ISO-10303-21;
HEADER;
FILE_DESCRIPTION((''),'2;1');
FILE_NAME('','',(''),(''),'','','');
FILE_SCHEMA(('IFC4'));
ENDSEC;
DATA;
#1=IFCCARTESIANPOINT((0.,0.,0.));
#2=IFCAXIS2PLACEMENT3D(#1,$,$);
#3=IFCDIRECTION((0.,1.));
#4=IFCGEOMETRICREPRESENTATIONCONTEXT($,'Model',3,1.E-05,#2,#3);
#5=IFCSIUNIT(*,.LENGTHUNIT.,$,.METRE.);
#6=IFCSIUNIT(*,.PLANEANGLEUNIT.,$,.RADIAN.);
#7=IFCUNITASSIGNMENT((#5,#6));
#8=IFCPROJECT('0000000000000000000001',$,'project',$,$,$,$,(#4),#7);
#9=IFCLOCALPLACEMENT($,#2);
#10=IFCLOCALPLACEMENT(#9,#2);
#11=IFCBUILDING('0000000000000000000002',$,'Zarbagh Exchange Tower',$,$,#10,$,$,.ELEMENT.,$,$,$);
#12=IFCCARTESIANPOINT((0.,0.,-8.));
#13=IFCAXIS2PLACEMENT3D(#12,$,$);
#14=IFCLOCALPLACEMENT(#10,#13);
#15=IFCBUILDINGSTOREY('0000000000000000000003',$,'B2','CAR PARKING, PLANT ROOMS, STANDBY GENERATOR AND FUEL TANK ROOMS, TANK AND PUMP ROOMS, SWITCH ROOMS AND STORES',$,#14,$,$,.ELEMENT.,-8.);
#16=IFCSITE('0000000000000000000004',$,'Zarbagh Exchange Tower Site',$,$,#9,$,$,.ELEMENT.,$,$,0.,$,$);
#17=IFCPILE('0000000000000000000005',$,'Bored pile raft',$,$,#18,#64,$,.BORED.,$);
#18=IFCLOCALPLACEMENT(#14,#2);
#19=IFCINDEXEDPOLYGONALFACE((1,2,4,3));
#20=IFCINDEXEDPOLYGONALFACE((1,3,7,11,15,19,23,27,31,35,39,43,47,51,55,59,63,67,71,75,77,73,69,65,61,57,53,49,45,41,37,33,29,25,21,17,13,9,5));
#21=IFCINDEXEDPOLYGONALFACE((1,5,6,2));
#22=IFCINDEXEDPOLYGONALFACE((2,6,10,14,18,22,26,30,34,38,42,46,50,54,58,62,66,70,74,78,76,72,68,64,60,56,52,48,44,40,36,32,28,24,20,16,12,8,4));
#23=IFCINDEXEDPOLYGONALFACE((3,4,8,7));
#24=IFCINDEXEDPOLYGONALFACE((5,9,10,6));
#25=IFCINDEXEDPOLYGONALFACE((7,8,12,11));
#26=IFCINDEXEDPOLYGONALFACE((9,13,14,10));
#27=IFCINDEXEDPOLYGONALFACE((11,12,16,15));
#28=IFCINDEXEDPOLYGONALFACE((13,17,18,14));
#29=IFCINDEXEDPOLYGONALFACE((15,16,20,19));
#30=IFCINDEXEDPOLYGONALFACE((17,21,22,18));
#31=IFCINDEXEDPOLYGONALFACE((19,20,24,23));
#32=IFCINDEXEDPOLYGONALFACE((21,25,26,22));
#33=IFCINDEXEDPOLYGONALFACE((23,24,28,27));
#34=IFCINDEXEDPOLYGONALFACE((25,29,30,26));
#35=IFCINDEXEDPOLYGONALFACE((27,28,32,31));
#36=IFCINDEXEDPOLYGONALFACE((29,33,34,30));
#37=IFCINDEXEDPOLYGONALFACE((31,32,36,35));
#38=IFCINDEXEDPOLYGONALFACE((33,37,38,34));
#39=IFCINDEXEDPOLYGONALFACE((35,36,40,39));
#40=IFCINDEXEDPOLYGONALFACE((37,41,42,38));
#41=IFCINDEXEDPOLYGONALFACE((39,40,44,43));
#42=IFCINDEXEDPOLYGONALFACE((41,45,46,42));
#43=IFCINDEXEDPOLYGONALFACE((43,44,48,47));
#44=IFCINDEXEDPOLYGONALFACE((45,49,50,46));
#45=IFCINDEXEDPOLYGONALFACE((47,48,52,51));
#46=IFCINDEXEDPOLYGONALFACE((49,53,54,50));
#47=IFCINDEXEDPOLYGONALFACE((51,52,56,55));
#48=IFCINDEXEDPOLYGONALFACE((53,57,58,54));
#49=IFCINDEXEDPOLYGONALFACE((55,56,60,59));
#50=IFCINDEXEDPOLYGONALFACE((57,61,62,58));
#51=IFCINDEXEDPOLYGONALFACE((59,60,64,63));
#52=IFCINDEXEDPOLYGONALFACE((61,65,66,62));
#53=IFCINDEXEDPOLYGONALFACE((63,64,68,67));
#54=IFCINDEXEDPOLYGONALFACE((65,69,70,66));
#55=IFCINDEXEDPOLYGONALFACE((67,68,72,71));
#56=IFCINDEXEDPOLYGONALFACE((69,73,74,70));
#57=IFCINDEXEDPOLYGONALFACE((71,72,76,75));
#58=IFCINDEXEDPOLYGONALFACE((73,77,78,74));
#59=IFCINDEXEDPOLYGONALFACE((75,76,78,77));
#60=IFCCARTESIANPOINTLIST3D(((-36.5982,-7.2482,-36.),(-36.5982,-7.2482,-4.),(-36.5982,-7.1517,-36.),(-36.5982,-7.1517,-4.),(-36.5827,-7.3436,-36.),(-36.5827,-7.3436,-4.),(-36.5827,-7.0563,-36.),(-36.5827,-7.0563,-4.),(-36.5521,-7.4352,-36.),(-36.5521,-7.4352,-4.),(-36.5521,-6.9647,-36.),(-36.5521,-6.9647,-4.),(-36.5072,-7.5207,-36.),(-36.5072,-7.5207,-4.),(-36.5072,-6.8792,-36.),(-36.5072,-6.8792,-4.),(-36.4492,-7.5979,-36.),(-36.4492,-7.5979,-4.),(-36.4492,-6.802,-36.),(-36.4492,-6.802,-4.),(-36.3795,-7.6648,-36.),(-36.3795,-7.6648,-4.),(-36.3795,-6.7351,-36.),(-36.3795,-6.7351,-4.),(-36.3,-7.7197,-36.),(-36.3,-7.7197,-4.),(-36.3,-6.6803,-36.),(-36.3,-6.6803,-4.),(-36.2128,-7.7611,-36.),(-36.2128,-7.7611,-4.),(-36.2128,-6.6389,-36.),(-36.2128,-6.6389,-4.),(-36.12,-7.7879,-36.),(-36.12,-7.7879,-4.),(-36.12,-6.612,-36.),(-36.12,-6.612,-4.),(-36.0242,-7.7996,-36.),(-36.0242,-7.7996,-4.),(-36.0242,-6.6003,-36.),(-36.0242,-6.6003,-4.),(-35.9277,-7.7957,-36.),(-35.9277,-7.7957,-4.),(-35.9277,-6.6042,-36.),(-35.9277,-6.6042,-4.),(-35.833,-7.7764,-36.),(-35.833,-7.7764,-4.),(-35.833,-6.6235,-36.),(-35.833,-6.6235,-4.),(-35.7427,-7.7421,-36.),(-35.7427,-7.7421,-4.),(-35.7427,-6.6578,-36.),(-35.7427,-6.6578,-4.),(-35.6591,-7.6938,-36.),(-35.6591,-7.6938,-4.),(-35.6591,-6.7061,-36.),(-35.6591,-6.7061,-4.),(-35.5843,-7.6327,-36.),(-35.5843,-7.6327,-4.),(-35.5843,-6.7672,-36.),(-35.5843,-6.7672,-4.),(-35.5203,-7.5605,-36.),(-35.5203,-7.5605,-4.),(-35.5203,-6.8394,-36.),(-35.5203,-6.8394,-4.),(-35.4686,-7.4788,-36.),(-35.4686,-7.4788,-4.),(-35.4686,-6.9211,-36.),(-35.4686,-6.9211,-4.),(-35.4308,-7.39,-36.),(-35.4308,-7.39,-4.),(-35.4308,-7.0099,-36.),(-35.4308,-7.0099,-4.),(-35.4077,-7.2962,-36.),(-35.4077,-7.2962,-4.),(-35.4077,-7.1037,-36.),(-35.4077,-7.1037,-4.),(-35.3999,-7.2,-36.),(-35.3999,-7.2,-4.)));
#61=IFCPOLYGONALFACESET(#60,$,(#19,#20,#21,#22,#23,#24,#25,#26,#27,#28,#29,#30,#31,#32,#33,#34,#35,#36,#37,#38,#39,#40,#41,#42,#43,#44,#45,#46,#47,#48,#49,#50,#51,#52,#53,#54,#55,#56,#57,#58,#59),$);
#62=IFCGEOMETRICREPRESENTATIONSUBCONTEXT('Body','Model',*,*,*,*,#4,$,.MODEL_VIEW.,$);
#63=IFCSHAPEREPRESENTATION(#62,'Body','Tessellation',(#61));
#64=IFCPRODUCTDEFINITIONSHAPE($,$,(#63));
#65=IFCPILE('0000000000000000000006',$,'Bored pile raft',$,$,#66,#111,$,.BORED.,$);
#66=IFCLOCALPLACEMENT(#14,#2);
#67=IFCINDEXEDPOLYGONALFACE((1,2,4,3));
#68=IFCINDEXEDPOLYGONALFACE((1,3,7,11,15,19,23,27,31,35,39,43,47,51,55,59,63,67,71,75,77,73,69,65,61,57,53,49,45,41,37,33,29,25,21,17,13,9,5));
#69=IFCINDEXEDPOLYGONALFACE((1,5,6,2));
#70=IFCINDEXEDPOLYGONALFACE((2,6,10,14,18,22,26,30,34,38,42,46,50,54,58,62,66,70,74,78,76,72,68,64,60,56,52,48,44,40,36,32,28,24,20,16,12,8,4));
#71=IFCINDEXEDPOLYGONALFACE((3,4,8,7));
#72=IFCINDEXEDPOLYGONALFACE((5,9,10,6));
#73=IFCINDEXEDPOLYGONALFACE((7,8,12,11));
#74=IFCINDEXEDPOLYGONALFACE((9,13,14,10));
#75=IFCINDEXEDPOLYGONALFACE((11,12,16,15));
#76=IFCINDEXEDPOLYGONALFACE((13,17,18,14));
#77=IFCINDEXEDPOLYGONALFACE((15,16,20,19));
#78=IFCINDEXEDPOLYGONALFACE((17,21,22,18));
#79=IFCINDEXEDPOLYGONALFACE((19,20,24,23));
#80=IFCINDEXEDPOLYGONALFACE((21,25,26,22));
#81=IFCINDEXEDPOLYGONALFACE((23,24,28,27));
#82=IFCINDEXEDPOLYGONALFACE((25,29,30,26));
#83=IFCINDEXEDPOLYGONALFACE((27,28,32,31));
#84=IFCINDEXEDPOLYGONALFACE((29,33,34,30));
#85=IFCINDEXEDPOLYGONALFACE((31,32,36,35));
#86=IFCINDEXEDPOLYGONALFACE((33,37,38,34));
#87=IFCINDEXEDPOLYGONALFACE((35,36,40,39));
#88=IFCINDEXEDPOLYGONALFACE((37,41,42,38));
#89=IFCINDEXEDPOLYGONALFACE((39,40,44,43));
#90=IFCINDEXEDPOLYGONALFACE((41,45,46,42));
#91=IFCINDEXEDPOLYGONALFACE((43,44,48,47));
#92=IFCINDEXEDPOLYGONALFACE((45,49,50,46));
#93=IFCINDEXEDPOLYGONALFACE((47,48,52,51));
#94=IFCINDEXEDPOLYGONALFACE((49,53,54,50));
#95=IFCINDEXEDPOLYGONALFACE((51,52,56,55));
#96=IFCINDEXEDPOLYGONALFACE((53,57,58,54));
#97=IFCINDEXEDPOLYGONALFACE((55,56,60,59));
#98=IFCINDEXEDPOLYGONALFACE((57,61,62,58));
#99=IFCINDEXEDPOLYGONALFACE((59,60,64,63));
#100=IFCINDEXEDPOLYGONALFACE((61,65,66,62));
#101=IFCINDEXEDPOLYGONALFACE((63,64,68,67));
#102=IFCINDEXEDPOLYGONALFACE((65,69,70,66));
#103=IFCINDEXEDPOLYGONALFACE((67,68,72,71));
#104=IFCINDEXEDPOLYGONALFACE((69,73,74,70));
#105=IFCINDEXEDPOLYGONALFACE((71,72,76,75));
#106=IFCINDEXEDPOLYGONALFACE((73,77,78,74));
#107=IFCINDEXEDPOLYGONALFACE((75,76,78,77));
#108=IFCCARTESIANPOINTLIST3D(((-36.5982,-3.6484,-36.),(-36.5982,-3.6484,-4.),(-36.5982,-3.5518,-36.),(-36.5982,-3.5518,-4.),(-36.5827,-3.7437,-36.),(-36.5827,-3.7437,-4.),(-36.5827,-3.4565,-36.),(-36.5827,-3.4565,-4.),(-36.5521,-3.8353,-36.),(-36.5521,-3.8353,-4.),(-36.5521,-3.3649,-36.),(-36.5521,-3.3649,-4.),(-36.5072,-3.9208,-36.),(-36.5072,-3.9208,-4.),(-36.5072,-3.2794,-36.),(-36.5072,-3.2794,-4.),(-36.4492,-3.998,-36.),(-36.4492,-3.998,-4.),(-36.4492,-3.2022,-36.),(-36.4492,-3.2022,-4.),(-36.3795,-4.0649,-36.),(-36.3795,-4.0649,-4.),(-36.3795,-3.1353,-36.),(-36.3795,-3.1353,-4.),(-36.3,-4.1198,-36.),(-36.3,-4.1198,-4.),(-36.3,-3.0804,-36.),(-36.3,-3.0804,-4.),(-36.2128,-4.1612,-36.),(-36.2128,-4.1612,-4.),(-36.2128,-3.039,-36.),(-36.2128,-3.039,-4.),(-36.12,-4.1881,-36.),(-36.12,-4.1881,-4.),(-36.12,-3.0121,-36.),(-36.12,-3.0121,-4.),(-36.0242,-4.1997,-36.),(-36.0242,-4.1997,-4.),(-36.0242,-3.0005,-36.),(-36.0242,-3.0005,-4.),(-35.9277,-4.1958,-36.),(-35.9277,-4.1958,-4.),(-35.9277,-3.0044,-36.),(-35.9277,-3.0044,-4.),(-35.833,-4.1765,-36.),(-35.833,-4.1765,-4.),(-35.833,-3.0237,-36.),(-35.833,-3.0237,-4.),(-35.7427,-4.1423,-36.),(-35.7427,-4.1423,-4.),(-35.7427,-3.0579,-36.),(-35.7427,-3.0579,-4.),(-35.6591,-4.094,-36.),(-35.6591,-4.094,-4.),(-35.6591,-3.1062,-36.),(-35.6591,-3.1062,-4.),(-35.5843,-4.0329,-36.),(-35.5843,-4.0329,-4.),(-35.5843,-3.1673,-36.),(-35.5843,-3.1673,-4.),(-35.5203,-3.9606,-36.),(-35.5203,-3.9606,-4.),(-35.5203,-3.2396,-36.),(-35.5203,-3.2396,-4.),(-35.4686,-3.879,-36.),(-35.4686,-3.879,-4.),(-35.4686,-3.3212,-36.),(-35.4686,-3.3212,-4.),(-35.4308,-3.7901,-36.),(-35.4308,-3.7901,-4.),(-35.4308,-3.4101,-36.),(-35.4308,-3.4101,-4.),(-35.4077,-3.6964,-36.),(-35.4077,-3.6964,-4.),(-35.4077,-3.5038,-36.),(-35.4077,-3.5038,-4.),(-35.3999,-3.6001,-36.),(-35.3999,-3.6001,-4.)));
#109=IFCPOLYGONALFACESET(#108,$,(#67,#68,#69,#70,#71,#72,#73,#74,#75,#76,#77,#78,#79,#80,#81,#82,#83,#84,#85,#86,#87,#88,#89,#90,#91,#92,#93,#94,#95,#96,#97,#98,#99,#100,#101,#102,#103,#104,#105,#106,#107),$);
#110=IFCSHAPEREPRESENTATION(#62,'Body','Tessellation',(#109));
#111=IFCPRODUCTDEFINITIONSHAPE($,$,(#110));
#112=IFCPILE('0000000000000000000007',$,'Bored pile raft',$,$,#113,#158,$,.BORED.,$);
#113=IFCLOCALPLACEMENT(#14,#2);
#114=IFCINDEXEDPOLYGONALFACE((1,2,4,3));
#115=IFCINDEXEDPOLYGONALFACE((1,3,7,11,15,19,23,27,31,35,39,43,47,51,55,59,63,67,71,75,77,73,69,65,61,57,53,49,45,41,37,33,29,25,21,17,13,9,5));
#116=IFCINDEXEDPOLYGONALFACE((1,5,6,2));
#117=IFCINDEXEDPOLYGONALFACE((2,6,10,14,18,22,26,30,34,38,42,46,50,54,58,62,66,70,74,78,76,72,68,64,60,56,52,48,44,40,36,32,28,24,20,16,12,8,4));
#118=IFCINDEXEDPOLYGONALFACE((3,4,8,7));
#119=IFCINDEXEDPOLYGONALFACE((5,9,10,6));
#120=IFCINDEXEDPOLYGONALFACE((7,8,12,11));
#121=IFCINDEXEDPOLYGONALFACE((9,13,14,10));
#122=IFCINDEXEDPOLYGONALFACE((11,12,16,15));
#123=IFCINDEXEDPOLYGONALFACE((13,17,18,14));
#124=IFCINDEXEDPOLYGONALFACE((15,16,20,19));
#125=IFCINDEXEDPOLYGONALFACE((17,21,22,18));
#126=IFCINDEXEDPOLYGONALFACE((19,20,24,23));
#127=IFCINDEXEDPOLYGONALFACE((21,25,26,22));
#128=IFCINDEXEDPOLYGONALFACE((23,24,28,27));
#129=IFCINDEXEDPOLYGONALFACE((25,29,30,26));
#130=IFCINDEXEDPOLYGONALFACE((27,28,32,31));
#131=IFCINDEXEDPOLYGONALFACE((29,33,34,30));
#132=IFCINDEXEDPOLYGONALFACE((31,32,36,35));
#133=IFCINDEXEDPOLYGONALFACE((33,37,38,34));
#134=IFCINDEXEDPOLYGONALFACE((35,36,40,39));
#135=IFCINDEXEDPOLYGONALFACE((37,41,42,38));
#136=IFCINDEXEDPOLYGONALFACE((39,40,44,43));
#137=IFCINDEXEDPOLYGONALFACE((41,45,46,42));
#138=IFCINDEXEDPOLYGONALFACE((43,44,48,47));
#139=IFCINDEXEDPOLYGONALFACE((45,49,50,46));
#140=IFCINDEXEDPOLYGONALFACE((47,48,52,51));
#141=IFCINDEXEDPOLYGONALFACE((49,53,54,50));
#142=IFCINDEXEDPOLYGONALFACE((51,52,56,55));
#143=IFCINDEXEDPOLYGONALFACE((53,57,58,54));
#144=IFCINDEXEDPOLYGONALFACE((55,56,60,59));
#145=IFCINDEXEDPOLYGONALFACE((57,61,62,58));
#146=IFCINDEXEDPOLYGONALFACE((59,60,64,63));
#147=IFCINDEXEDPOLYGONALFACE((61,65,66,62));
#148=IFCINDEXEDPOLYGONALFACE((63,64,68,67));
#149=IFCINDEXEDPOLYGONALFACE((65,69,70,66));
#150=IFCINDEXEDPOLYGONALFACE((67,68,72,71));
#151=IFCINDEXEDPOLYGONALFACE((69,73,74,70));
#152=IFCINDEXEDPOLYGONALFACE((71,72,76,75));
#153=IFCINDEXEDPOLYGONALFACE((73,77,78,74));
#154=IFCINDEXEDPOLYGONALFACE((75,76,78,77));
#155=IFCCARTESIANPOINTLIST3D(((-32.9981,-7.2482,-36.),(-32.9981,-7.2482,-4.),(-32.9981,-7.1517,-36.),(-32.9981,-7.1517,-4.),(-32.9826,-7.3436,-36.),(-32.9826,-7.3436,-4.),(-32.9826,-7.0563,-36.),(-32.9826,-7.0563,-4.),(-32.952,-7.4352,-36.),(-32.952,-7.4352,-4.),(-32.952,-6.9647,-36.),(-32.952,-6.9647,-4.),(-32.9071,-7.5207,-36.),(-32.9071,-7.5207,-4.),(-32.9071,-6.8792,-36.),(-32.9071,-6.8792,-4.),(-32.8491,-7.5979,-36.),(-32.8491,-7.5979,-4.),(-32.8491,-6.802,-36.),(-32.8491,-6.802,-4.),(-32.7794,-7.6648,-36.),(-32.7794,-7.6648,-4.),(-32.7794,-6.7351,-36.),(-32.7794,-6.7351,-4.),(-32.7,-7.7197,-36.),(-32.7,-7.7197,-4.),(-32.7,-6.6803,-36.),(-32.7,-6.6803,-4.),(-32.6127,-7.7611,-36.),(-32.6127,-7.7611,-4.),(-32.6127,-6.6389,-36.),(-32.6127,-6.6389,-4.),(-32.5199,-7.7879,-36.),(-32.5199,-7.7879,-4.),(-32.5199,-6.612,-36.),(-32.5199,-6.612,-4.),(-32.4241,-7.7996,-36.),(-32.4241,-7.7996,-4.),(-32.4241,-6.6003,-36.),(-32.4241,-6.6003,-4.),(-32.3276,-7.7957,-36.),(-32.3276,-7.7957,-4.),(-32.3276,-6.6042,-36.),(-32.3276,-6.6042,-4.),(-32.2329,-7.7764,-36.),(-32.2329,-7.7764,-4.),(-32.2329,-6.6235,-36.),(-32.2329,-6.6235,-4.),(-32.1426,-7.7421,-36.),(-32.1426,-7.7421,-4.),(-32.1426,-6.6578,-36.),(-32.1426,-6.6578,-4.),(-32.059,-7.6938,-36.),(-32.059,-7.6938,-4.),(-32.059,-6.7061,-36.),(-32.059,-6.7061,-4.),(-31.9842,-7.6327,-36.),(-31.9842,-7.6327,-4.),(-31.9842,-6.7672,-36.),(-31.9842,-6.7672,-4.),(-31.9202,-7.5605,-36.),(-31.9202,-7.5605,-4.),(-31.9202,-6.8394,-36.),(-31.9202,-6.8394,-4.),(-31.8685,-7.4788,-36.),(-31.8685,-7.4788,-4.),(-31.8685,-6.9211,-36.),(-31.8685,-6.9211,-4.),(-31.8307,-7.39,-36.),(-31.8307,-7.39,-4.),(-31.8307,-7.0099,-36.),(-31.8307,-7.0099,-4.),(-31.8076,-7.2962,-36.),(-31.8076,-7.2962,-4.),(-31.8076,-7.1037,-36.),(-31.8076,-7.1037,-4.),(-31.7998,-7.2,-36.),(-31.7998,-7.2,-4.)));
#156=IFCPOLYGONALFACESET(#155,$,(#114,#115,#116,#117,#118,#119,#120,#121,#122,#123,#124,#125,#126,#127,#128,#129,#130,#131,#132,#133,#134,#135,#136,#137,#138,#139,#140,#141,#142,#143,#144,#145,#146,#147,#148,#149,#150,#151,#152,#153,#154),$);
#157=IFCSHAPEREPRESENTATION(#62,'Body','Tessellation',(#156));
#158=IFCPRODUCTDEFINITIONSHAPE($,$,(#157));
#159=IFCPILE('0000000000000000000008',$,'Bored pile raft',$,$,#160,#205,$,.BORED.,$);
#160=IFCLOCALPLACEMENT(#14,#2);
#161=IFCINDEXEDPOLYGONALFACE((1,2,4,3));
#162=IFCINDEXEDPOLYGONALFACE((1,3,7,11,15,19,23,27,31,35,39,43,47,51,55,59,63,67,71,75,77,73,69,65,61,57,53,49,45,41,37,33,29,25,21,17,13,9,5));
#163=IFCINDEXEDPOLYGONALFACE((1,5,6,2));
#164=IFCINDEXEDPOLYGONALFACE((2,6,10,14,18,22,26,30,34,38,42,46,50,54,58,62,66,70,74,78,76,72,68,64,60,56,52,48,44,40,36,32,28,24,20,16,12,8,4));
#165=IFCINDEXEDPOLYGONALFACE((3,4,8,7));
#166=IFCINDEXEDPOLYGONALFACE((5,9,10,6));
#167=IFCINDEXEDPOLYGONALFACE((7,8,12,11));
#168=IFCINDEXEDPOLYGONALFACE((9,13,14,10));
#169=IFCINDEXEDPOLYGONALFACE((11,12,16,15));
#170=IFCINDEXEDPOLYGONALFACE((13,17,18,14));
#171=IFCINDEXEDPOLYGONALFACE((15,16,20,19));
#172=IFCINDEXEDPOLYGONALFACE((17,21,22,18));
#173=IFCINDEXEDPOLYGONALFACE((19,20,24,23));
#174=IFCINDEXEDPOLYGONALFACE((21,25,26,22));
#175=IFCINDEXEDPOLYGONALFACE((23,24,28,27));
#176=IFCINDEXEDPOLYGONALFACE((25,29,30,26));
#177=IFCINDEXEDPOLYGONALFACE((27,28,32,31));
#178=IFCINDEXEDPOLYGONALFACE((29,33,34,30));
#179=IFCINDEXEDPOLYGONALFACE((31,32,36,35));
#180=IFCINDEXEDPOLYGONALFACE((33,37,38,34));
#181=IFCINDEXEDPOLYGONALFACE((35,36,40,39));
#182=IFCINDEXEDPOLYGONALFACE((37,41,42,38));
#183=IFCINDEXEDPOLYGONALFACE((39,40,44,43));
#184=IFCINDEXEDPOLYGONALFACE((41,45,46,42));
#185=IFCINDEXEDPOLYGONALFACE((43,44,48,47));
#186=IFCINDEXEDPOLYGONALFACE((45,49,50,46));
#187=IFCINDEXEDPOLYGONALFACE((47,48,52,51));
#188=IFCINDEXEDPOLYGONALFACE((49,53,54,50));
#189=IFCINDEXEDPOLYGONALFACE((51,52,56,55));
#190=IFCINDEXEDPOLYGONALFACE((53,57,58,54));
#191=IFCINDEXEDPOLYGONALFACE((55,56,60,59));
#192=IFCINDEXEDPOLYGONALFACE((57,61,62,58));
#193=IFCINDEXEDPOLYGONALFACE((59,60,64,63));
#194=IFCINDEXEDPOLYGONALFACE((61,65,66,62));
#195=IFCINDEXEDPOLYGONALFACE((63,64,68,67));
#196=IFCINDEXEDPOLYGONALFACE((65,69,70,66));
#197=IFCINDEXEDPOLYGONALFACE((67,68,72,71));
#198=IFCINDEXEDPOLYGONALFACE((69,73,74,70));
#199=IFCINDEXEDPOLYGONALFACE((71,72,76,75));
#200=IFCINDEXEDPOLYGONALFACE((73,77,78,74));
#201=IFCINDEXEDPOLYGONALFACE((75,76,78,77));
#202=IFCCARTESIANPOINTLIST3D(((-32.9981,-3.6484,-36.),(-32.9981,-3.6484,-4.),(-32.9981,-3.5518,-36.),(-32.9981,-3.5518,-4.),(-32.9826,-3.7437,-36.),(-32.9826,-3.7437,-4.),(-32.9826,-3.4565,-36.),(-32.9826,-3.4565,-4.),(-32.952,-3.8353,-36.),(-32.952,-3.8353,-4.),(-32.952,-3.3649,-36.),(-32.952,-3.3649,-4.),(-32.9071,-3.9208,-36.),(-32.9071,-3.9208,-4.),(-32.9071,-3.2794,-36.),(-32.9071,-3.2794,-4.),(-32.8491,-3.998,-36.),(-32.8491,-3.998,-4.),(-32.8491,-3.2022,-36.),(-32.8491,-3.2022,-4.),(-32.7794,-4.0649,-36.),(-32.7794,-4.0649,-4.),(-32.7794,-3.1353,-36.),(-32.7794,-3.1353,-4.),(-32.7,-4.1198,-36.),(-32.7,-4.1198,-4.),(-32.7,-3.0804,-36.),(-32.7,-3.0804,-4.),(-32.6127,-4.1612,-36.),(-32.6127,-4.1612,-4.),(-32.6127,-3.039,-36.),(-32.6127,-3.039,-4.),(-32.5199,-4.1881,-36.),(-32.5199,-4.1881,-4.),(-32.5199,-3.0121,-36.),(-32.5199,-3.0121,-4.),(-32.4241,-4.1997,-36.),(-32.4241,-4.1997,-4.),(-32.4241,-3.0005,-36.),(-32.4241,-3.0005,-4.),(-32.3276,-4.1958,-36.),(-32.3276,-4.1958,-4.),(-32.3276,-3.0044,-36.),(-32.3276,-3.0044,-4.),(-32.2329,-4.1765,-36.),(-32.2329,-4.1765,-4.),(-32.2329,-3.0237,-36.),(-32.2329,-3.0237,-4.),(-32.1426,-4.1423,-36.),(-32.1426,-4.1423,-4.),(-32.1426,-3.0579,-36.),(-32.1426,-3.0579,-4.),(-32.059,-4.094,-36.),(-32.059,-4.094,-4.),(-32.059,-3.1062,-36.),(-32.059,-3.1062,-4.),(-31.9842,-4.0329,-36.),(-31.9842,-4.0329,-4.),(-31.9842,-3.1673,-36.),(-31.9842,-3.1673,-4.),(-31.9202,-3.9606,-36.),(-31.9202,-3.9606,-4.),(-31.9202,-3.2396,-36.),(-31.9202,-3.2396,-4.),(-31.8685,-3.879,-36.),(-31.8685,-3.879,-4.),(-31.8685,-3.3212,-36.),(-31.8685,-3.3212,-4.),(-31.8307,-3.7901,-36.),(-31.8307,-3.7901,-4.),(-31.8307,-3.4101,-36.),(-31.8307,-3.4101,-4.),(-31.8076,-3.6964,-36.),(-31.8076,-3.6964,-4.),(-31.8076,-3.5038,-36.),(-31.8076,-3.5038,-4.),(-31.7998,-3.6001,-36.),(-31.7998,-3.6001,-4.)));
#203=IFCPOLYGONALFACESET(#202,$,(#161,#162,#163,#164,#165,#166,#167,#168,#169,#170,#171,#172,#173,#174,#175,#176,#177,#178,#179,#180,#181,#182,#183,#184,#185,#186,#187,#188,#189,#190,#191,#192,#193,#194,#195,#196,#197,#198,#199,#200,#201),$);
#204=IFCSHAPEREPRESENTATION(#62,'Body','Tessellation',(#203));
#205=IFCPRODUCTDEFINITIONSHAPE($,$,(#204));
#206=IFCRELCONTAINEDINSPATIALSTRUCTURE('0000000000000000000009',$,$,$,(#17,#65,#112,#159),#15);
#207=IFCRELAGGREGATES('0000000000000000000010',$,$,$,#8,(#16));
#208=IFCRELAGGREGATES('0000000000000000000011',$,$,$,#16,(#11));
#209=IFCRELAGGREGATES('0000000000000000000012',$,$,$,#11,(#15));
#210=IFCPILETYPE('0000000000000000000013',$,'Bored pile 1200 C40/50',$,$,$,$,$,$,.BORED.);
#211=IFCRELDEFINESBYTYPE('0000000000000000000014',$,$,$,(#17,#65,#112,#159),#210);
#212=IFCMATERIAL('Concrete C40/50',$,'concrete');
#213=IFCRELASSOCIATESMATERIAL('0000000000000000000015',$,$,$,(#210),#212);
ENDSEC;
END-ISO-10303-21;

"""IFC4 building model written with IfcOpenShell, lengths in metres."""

from ifc_helpers import new_model, si_unit, direction, frame, origin, origin_2d, place, context, subcontext, project, spatial, circle, extrude, material, material_profile, profile_set, type_object, element, save


model = new_model("IFC4")

# Units and contexts
model_context = context("Model", 3, precision=1e-05, world=origin(), true_north=direction((0.0, 1.0)))
body_context = subcontext(model_context, "Body", "Model", "MODEL_VIEW")
ifc_project = project(units=[si_unit("LENGTHUNIT", "METRE"), si_unit("PLANEANGLEUNIT", "RADIAN")], contexts=[model_context])

# Site, building, storey
site_placement = place(None, origin())
site = spatial("IfcSite", under=ifc_project, at=site_placement, Name="Zarbagh Exchange Tower Site", CompositionType="ELEMENT", RefElevation=0.0)
building_placement = place(site_placement, origin())
building = spatial("IfcBuilding", under=site, at=building_placement, Name="Zarbagh Exchange Tower", CompositionType="ELEMENT")
storey_placement = place(building_placement, frame((0.0, 0.0, -8.0)))
storey = spatial("IfcBuildingStorey", under=building, at=storey_placement, Name="B2", Description="CAR PARKING, PLANT ROOMS, STANDBY GENERATOR AND FUEL TANK ROOMS, TANK AND PUMP ROOMS, SWITCH ROOMS AND STORES", CompositionType="ELEMENT", Elevation=-8.0)

# Piles
ifc_material_1 = material(Name="Concrete C40/50", Category="concrete")
ifc_material_profile_1 = material_profile(ifc_material_1, circle(Radius=0.6001, at=origin_2d()), Name="Bored pile 1200 C40/50")
ifc_profile_set_1 = profile_set([ifc_material_profile_1], Name="Concrete C40/50")
pile_type = type_object("IfcPileType", Name="Bored pile 1200 C40/50", PredefinedType="BORED", material=ifc_profile_set_1)
for number, where, z_axis, x_axis, name in (
    (1, (-36.0, -7.2, -4.0), (0.0, 0.0, -1.0), (1.0, 0.0, 0.0), "Bored pile raft"),
    (2, (-36.0, -3.6001, -4.0), (0.0, 0.0, -1.0), (1.0, 0.0, 0.0), "Bored pile raft"),
    (3, (-32.3999, -7.2, -4.0), (0.0, 0.0, -1.0), (1.0, 0.0, 0.0), "Bored pile raft"),
    (4, (-32.3999, -3.6001, -4.0), (0.0, 0.0, -1.0), (1.0, 0.0, 0.0), "Bored pile raft"),
):
    element("IfcPile", number, at=place(storey_placement, frame(where, z_axis=z_axis, x_axis=x_axis)), inside=storey, type_object=pile_type, Name=name, PredefinedType="BORED", context=body_context, shape_type="SweptSolid", body=[
        extrude(circle(Radius=0.6001, at=origin_2d()), origin(), (0.0, 0.0, 1.0), 32.0),
    ])

save(model, "model.ifc")
